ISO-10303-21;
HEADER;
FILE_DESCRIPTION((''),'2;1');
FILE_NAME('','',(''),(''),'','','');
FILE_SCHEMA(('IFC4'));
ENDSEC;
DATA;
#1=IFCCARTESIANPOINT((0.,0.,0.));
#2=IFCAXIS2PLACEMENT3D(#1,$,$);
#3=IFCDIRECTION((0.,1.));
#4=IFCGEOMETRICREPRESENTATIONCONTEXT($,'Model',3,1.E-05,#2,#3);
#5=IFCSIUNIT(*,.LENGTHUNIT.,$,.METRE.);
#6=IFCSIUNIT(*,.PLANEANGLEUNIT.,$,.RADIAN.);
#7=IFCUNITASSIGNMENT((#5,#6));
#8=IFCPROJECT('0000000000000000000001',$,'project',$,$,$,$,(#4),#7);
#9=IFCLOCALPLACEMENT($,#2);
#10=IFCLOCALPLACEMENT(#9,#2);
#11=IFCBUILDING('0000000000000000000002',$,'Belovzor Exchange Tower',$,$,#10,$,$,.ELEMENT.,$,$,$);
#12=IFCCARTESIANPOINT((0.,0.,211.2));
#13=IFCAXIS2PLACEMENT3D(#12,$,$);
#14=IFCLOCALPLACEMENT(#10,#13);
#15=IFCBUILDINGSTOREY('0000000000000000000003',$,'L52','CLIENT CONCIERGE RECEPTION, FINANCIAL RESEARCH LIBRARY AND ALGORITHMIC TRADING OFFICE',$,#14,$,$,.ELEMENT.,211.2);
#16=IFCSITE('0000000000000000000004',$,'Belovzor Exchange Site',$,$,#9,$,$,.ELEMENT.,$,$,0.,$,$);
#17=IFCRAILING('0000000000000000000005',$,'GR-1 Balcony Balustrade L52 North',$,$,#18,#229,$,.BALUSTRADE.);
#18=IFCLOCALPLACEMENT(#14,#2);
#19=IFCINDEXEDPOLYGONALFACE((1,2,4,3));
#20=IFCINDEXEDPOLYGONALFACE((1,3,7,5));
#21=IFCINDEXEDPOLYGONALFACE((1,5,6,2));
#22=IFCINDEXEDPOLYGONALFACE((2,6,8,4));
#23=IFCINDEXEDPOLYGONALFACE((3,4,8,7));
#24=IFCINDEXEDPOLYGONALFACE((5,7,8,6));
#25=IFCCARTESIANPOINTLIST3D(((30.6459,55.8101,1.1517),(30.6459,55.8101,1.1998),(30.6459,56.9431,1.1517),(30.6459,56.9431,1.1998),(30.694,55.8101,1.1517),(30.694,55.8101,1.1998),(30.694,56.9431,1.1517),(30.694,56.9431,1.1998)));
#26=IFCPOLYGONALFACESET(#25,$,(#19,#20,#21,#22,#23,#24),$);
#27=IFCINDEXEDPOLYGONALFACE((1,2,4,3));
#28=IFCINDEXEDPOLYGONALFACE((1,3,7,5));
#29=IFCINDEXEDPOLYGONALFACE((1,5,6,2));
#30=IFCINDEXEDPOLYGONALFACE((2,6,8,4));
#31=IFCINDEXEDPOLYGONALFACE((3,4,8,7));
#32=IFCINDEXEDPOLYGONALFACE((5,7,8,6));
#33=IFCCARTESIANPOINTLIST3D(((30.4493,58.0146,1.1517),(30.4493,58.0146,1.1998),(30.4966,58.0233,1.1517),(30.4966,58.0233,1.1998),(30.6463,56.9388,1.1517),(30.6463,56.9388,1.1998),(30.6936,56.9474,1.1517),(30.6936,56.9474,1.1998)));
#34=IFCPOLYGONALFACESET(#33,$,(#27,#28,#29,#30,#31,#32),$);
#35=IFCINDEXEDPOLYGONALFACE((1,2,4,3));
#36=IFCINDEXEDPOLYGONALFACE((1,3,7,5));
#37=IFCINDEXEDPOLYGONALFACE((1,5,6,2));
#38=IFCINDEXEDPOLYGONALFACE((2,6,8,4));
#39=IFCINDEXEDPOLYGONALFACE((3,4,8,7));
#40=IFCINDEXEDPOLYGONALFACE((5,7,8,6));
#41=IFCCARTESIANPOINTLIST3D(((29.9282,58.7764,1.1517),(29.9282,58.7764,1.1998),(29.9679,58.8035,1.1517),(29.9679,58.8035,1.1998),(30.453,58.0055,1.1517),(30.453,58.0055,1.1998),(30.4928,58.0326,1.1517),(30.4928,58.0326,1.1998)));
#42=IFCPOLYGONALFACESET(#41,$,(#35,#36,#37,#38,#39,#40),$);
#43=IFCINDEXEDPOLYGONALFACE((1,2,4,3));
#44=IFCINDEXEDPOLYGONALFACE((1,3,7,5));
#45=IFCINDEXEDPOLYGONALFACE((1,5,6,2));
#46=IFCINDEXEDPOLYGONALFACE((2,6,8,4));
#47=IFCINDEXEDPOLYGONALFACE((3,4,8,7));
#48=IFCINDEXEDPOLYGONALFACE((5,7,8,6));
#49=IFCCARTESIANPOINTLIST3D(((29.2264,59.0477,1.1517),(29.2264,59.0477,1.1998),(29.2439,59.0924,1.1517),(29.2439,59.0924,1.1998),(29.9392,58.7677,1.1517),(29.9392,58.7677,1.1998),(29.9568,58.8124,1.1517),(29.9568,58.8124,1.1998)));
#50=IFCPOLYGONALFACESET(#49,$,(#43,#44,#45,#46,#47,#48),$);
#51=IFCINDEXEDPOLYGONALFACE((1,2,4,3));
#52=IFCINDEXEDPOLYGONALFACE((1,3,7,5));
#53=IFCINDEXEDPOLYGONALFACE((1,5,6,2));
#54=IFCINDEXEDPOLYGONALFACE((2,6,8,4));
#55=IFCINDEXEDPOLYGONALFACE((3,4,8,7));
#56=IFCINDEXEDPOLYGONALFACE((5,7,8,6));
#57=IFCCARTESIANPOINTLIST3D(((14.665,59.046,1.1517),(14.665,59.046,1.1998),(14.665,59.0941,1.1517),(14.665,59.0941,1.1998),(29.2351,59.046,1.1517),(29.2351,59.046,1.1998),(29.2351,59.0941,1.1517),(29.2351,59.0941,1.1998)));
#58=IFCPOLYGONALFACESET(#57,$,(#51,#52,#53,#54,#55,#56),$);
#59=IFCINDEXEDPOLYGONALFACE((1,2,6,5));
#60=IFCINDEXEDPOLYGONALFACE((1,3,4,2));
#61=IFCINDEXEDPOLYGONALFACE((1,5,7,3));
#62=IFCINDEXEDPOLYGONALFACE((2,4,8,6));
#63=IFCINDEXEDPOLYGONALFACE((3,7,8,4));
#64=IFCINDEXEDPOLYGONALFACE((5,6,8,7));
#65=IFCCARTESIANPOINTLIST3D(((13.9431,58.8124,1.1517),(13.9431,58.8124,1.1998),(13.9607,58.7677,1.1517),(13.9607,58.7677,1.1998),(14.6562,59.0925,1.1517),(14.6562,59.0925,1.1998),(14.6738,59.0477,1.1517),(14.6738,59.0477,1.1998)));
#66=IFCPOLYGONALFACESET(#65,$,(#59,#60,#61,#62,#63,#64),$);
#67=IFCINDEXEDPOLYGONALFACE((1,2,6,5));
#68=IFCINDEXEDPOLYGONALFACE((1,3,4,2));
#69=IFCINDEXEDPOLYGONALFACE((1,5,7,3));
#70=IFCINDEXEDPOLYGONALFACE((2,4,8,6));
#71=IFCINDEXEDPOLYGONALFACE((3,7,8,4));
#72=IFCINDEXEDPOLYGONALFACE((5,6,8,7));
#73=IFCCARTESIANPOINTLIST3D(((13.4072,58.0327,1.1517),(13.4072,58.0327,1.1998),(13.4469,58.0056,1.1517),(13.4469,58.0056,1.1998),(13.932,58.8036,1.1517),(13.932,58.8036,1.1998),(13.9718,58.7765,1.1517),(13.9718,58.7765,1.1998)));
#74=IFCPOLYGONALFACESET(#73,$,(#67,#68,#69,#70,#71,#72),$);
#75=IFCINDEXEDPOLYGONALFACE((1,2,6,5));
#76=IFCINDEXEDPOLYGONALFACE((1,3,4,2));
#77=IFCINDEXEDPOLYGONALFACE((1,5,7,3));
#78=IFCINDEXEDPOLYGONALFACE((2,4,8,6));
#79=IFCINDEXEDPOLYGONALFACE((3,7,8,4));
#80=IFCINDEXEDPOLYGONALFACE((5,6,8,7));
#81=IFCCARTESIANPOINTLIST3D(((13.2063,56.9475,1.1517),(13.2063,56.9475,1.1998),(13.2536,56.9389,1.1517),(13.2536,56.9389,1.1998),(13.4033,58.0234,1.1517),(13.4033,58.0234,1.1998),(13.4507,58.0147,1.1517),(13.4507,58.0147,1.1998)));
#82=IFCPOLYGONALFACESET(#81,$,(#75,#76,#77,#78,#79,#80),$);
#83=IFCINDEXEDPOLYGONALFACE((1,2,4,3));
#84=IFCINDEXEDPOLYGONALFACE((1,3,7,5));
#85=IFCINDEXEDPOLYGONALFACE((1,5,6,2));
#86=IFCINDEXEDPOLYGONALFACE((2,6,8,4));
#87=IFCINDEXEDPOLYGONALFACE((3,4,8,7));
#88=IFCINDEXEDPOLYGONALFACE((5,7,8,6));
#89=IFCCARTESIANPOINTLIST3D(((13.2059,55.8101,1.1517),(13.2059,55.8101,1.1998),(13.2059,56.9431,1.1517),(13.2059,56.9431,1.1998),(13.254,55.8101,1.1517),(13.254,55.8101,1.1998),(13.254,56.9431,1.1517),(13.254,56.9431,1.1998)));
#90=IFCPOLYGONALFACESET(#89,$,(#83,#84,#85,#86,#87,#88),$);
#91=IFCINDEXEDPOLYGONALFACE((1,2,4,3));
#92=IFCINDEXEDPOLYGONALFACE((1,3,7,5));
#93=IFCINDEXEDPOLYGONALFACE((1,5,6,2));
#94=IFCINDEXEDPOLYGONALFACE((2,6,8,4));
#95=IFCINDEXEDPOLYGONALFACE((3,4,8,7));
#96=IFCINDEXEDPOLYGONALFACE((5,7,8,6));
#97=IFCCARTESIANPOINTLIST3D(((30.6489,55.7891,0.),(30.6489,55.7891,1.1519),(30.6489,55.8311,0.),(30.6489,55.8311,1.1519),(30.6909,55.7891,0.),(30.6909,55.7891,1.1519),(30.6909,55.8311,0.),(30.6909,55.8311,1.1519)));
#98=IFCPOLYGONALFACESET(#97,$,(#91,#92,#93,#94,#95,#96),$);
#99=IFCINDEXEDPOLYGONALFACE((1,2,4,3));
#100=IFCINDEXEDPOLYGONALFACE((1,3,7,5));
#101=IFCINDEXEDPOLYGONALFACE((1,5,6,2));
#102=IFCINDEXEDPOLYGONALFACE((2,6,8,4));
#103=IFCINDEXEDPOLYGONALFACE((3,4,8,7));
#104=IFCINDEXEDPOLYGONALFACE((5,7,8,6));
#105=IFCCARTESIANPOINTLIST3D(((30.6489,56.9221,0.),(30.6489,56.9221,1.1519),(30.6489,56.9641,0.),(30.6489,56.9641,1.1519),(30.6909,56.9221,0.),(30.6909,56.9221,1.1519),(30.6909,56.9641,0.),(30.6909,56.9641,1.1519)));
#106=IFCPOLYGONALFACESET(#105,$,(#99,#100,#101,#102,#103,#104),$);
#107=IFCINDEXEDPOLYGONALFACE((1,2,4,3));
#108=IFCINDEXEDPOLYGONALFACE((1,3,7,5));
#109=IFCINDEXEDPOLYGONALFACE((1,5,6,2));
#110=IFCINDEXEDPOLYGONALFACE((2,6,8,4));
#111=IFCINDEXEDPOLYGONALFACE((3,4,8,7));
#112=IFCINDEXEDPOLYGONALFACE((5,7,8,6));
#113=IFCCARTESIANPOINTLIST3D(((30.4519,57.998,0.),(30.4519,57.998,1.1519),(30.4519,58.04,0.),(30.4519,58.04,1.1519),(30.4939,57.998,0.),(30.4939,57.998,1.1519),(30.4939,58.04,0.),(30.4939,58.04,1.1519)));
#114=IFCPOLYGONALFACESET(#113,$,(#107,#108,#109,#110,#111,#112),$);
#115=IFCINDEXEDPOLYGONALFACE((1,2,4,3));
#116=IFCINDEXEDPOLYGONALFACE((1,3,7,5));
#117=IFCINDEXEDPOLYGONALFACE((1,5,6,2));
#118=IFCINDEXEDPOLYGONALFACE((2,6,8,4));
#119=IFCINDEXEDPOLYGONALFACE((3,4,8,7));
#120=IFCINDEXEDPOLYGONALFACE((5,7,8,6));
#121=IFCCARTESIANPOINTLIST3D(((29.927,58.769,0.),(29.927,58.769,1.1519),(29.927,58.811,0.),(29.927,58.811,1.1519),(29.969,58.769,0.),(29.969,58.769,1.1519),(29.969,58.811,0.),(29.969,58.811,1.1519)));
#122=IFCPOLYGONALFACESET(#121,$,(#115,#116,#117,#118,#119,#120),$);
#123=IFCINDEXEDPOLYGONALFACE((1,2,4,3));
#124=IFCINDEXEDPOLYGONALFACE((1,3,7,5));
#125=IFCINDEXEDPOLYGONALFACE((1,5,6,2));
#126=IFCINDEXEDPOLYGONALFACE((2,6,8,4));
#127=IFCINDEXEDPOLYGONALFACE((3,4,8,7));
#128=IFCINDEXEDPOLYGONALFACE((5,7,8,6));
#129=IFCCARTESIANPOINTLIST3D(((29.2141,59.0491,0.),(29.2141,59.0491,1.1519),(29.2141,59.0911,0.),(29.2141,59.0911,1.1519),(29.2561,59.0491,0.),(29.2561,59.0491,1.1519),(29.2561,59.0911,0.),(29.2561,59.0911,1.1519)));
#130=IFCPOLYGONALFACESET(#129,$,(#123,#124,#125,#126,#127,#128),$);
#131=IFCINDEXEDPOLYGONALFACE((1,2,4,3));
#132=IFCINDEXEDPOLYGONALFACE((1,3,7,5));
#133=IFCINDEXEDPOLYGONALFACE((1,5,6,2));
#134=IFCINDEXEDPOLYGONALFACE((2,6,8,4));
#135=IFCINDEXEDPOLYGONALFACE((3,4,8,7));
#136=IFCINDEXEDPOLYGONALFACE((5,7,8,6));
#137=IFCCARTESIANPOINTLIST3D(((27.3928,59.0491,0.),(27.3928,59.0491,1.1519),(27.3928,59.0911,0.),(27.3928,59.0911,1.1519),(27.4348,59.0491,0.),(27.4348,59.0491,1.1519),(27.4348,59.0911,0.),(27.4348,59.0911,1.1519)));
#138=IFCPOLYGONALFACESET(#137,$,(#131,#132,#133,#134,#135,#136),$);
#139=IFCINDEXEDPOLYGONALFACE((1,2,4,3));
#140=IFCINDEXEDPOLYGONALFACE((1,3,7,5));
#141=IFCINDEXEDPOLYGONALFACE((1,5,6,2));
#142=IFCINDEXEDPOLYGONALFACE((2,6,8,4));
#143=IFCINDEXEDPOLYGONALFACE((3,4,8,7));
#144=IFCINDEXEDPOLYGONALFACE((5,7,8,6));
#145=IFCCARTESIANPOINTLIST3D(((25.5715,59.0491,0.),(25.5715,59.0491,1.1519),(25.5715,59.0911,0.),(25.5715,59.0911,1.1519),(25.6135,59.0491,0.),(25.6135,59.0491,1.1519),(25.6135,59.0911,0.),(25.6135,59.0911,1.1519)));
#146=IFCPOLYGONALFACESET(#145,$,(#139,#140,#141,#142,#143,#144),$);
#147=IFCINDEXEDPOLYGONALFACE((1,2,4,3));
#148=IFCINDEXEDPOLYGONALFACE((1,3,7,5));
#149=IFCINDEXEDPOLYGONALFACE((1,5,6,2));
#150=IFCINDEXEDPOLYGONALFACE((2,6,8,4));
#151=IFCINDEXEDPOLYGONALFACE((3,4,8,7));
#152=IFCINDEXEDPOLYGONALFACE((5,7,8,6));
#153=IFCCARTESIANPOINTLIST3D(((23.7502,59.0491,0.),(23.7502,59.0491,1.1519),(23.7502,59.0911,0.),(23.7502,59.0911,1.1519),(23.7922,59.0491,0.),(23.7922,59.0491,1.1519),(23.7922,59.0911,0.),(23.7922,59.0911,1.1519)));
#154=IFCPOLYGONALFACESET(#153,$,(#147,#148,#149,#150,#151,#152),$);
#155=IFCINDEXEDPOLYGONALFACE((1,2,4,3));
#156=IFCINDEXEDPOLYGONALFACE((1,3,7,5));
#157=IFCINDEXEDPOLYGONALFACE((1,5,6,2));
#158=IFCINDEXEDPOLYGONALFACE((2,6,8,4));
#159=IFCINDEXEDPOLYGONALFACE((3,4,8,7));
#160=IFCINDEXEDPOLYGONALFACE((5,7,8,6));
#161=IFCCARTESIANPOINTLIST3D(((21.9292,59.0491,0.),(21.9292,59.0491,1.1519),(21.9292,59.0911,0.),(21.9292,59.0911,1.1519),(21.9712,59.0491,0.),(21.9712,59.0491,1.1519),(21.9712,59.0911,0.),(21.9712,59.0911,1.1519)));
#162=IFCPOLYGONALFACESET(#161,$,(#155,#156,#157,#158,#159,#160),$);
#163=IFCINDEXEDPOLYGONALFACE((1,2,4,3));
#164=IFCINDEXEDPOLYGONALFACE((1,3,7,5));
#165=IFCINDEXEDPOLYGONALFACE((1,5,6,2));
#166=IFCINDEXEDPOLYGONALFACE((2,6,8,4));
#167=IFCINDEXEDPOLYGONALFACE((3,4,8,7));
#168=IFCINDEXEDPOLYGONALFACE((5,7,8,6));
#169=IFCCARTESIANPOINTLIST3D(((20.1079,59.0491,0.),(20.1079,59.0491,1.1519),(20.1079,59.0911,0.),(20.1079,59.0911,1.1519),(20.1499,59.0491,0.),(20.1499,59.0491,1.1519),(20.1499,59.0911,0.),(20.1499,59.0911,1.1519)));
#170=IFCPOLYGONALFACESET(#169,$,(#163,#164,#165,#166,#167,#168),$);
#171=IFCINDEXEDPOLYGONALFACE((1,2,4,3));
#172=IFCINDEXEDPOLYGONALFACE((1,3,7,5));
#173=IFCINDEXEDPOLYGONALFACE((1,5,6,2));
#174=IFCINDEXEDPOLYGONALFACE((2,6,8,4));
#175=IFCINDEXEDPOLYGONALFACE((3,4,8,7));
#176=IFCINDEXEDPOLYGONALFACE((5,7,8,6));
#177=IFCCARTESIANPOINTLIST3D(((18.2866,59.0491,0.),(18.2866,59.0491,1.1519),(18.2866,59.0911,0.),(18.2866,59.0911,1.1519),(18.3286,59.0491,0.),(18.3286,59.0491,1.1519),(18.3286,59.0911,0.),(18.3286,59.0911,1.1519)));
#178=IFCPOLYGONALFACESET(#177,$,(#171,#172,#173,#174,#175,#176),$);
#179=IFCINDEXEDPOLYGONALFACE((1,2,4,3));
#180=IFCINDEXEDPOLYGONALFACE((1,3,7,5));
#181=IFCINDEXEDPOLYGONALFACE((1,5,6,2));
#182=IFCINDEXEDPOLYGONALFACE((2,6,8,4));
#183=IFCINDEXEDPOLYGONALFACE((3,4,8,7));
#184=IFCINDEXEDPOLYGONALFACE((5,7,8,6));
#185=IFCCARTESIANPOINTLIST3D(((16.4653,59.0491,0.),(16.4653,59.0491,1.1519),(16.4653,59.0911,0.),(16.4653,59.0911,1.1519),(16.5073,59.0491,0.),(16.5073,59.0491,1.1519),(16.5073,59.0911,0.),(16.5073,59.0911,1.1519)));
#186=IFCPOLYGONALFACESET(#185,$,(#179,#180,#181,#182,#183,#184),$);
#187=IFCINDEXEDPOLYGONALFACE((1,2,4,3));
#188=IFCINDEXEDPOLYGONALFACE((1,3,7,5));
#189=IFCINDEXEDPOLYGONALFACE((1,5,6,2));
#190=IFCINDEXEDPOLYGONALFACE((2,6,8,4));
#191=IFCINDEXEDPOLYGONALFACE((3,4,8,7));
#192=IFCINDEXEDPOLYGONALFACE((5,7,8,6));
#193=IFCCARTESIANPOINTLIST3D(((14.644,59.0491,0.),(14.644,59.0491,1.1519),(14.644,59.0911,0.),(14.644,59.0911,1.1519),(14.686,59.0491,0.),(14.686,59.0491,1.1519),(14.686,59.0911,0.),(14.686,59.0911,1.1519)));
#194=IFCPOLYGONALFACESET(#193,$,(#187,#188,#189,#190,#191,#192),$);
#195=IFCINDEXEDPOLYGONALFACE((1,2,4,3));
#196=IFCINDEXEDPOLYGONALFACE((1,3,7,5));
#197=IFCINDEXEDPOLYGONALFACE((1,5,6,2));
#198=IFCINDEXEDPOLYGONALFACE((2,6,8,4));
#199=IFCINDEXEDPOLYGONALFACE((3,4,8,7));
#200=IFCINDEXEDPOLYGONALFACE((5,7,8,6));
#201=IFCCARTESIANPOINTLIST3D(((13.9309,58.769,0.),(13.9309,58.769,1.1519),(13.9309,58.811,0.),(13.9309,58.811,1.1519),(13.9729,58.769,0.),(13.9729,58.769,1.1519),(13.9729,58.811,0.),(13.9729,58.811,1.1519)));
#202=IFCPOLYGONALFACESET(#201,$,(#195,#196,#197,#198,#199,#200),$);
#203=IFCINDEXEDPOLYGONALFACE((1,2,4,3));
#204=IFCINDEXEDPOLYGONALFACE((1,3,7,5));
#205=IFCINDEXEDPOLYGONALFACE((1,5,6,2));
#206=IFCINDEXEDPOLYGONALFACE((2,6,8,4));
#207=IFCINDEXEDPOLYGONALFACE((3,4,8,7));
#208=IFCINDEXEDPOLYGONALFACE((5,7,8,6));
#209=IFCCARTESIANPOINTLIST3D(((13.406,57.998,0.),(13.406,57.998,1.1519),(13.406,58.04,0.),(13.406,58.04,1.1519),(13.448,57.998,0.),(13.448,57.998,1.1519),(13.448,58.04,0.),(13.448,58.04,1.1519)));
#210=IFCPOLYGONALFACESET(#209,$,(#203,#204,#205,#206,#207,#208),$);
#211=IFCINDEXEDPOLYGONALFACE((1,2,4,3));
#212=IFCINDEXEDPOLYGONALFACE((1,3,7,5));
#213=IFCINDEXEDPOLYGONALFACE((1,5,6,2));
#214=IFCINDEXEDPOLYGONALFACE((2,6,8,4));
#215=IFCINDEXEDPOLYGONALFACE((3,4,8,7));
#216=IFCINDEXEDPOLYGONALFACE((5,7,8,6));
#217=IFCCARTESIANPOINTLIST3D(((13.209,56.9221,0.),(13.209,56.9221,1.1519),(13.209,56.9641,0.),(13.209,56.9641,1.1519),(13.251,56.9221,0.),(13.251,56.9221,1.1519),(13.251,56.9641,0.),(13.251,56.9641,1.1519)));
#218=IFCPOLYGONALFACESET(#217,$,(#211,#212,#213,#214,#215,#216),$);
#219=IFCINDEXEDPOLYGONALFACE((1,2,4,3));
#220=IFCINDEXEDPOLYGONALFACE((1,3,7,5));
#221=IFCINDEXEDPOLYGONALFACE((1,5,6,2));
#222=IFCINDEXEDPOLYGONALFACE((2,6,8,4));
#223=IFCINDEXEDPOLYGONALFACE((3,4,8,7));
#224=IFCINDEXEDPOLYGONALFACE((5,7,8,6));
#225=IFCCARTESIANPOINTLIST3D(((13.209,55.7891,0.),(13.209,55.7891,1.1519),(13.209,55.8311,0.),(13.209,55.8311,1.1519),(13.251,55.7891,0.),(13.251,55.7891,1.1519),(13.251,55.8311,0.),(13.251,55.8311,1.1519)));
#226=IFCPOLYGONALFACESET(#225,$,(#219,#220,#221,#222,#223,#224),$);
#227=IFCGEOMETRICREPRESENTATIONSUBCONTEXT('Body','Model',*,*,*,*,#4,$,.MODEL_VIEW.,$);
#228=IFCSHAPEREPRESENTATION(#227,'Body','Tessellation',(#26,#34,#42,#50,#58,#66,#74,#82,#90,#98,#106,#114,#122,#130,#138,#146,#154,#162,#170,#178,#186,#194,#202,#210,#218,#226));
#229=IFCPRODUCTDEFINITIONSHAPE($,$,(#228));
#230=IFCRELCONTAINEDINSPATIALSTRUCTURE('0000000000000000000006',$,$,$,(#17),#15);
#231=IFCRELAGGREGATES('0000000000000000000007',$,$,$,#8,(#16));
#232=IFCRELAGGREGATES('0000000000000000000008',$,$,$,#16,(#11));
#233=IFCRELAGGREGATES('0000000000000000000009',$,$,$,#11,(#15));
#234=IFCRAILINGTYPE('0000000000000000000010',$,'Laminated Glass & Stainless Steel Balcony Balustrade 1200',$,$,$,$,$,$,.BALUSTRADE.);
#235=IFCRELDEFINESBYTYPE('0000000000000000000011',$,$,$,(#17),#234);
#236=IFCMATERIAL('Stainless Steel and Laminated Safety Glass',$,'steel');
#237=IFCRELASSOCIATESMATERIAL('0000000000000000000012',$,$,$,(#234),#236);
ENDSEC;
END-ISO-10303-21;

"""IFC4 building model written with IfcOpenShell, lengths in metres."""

from ifc_helpers import new_model, si_unit, direction, frame, origin, origin_2d, place, context, subcontext, project, spatial, rectangle, extrude, material, type_object, element, save


model = new_model("IFC4")

# Units and contexts
model_context = context("Model", 3, precision=1e-05, world=origin(), true_north=direction((0.0, 1.0)))
body_context = subcontext(model_context, "Body", "Model", "MODEL_VIEW")
ifc_project = project(units=[si_unit("LENGTHUNIT", "METRE"), si_unit("PLANEANGLEUNIT", "RADIAN")], contexts=[model_context])

# Site, building, storey
site_placement = place(None, origin())
site = spatial("IfcSite", under=ifc_project, at=site_placement, Name="Belovzor Exchange Site", CompositionType="ELEMENT", RefElevation=0.0)
building_placement = place(site_placement, origin())
building = spatial("IfcBuilding", under=site, at=building_placement, Name="Belovzor Exchange Tower", CompositionType="ELEMENT")
storey_placement = place(building_placement, frame((0.0, 0.0, 211.2)))
storey = spatial("IfcBuildingStorey", under=building, at=storey_placement, Name="L52", Description="CLIENT CONCIERGE RECEPTION, FINANCIAL RESEARCH LIBRARY AND ALGORITHMIC TRADING OFFICE", CompositionType="ELEMENT", Elevation=211.2)

# Railing
ifc_material_1 = material(Name="Stainless Steel and Laminated Safety Glass", Category="steel")
railing_type = type_object("IfcRailingType", Name="Laminated Glass & Stainless Steel Balcony Balustrade 1200", PredefinedType="BALUSTRADE", material=ifc_material_1)
railing_placement = place(storey_placement, frame((30.6699, 55.8101, 0.0)))
element("IfcRailing", 1, at=railing_placement, inside=storey, type_object=railing_type, Name="GR-1 Balcony Balustrade L52 North", PredefinedType="BALUSTRADE", context=body_context, shape_type="SweptSolid", body=[
    extrude(rectangle(XDim=0.0481, YDim=0.0481, at=origin_2d()), frame((0.0, 0.0, 1.1758), z_axis=(0.0, 1.0, 0.0), x_axis=(-1.0, 0.0, 0.0)), (0.0, 0.0, 1.0), 1.1331),
    extrude(rectangle(XDim=0.0481, YDim=0.0481, at=origin_2d()), frame((0.0, 1.1331, 1.1758), z_axis=(-0.180123, 0.983644, 0.0), x_axis=(-0.983644, -0.180123, 0.0)), (0.0, 0.0, 1.0), 1.0938),
    extrude(rectangle(XDim=0.0481, YDim=0.0481, at=origin_2d()), frame((-0.197, 2.209, 1.1758), z_axis=(-0.562768, 0.826615, 0.0), x_axis=(-0.826615, -0.562768, 0.0)), (0.0, 0.0, 1.0), 0.9326),
    extrude(rectangle(XDim=0.0481, YDim=0.0481, at=origin_2d()), frame((-0.7219, 2.98, 1.1758), z_axis=(-0.930767, 0.365613, 0.0), x_axis=(-0.365613, -0.930767, 0.0)), (0.0, 0.0, 1.0), 0.7659),
    extrude(rectangle(XDim=0.0481, YDim=0.0481, at=origin_2d()), frame((-1.4348, 3.26, 1.1758), z_axis=(-1.0, 0.0, 0.0), x_axis=(0.0, -1.0, 0.0)), (0.0, 0.0, 1.0), 14.5701),
    extrude(rectangle(XDim=0.0481, YDim=0.0481, at=origin_2d()), frame((-16.0049, 3.26, 1.1758), z_axis=(-0.93081, -0.365504, 0.0), x_axis=(0.365504, -0.93081, 0.0)), (0.0, 0.0, 1.0), 0.7661),
    extrude(rectangle(XDim=0.0481, YDim=0.0481, at=origin_2d()), frame((-16.718, 2.98, 1.1758), z_axis=(-0.562768, -0.826615, 0.0), x_axis=(0.826615, -0.562768, 0.0)), (0.0, 0.0, 1.0), 0.9326),
    extrude(rectangle(XDim=0.0481, YDim=0.0481, at=origin_2d()), frame((-17.2429, 2.209, 1.1758), z_axis=(-0.180123, -0.983644, 0.0), x_axis=(0.983644, -0.180123, 0.0)), (0.0, 0.0, 1.0), 1.0938),
    extrude(rectangle(XDim=0.0481, YDim=0.0481, at=origin_2d()), frame((-17.4399, 1.1331, 1.1758), z_axis=(0.0, -1.0, 0.0), x_axis=(1.0, 0.0, 0.0)), (0.0, 0.0, 1.0), 1.1331),
    extrude(rectangle(XDim=0.042, YDim=0.042, at=origin_2d()), origin(), (0.0, 0.0, 1.0), 1.1519),
    extrude(rectangle(XDim=0.042, YDim=0.042, at=origin_2d()), frame((0.0, 1.1331, 0.0)), (0.0, 0.0, 1.0), 1.1519),
    extrude(rectangle(XDim=0.042, YDim=0.042, at=origin_2d()), frame((-0.197, 2.209, 0.0)), (0.0, 0.0, 1.0), 1.1519),
    extrude(rectangle(XDim=0.042, YDim=0.042, at=origin_2d()), frame((-0.7219, 2.98, 0.0)), (0.0, 0.0, 1.0), 1.1519),
    extrude(rectangle(XDim=0.042, YDim=0.042, at=origin_2d()), frame((-1.4348, 3.26, 0.0)), (0.0, 0.0, 1.0), 1.1519),
    extrude(rectangle(XDim=0.042, YDim=0.042, at=origin_2d()), frame((-3.2561, 3.26, 0.0)), (0.0, 0.0, 1.0), 1.1519),
    extrude(rectangle(XDim=0.042, YDim=0.042, at=origin_2d()), frame((-5.0774, 3.26, 0.0)), (0.0, 0.0, 1.0), 1.1519),
    extrude(rectangle(XDim=0.042, YDim=0.042, at=origin_2d()), frame((-6.8987, 3.26, 0.0)), (0.0, 0.0, 1.0), 1.1519),
    extrude(rectangle(XDim=0.042, YDim=0.042, at=origin_2d()), frame((-8.7197, 3.26, 0.0)), (0.0, 0.0, 1.0), 1.1519),
    extrude(rectangle(XDim=0.042, YDim=0.042, at=origin_2d()), frame((-10.541, 3.26, 0.0)), (0.0, 0.0, 1.0), 1.1519),
    extrude(rectangle(XDim=0.042, YDim=0.042, at=origin_2d()), frame((-12.3623, 3.26, 0.0)), (0.0, 0.0, 1.0), 1.1519),
    extrude(rectangle(XDim=0.042, YDim=0.042, at=origin_2d()), frame((-14.1836, 3.26, 0.0)), (0.0, 0.0, 1.0), 1.1519),
    extrude(rectangle(XDim=0.042, YDim=0.042, at=origin_2d()), frame((-16.0049, 3.26, 0.0)), (0.0, 0.0, 1.0), 1.1519),
    extrude(rectangle(XDim=0.042, YDim=0.042, at=origin_2d()), frame((-16.718, 2.98, 0.0)), (0.0, 0.0, 1.0), 1.1519),
    extrude(rectangle(XDim=0.042, YDim=0.042, at=origin_2d()), frame((-17.2429, 2.209, 0.0)), (0.0, 0.0, 1.0), 1.1519),
    extrude(rectangle(XDim=0.042, YDim=0.042, at=origin_2d()), frame((-17.4399, 1.1331, 0.0)), (0.0, 0.0, 1.0), 1.1519),
    extrude(rectangle(XDim=0.042, YDim=0.042, at=origin_2d()), frame((-17.4399, 0.0, 0.0)), (0.0, 0.0, 1.0), 1.1519),
])

save(model, "model.ifc")
